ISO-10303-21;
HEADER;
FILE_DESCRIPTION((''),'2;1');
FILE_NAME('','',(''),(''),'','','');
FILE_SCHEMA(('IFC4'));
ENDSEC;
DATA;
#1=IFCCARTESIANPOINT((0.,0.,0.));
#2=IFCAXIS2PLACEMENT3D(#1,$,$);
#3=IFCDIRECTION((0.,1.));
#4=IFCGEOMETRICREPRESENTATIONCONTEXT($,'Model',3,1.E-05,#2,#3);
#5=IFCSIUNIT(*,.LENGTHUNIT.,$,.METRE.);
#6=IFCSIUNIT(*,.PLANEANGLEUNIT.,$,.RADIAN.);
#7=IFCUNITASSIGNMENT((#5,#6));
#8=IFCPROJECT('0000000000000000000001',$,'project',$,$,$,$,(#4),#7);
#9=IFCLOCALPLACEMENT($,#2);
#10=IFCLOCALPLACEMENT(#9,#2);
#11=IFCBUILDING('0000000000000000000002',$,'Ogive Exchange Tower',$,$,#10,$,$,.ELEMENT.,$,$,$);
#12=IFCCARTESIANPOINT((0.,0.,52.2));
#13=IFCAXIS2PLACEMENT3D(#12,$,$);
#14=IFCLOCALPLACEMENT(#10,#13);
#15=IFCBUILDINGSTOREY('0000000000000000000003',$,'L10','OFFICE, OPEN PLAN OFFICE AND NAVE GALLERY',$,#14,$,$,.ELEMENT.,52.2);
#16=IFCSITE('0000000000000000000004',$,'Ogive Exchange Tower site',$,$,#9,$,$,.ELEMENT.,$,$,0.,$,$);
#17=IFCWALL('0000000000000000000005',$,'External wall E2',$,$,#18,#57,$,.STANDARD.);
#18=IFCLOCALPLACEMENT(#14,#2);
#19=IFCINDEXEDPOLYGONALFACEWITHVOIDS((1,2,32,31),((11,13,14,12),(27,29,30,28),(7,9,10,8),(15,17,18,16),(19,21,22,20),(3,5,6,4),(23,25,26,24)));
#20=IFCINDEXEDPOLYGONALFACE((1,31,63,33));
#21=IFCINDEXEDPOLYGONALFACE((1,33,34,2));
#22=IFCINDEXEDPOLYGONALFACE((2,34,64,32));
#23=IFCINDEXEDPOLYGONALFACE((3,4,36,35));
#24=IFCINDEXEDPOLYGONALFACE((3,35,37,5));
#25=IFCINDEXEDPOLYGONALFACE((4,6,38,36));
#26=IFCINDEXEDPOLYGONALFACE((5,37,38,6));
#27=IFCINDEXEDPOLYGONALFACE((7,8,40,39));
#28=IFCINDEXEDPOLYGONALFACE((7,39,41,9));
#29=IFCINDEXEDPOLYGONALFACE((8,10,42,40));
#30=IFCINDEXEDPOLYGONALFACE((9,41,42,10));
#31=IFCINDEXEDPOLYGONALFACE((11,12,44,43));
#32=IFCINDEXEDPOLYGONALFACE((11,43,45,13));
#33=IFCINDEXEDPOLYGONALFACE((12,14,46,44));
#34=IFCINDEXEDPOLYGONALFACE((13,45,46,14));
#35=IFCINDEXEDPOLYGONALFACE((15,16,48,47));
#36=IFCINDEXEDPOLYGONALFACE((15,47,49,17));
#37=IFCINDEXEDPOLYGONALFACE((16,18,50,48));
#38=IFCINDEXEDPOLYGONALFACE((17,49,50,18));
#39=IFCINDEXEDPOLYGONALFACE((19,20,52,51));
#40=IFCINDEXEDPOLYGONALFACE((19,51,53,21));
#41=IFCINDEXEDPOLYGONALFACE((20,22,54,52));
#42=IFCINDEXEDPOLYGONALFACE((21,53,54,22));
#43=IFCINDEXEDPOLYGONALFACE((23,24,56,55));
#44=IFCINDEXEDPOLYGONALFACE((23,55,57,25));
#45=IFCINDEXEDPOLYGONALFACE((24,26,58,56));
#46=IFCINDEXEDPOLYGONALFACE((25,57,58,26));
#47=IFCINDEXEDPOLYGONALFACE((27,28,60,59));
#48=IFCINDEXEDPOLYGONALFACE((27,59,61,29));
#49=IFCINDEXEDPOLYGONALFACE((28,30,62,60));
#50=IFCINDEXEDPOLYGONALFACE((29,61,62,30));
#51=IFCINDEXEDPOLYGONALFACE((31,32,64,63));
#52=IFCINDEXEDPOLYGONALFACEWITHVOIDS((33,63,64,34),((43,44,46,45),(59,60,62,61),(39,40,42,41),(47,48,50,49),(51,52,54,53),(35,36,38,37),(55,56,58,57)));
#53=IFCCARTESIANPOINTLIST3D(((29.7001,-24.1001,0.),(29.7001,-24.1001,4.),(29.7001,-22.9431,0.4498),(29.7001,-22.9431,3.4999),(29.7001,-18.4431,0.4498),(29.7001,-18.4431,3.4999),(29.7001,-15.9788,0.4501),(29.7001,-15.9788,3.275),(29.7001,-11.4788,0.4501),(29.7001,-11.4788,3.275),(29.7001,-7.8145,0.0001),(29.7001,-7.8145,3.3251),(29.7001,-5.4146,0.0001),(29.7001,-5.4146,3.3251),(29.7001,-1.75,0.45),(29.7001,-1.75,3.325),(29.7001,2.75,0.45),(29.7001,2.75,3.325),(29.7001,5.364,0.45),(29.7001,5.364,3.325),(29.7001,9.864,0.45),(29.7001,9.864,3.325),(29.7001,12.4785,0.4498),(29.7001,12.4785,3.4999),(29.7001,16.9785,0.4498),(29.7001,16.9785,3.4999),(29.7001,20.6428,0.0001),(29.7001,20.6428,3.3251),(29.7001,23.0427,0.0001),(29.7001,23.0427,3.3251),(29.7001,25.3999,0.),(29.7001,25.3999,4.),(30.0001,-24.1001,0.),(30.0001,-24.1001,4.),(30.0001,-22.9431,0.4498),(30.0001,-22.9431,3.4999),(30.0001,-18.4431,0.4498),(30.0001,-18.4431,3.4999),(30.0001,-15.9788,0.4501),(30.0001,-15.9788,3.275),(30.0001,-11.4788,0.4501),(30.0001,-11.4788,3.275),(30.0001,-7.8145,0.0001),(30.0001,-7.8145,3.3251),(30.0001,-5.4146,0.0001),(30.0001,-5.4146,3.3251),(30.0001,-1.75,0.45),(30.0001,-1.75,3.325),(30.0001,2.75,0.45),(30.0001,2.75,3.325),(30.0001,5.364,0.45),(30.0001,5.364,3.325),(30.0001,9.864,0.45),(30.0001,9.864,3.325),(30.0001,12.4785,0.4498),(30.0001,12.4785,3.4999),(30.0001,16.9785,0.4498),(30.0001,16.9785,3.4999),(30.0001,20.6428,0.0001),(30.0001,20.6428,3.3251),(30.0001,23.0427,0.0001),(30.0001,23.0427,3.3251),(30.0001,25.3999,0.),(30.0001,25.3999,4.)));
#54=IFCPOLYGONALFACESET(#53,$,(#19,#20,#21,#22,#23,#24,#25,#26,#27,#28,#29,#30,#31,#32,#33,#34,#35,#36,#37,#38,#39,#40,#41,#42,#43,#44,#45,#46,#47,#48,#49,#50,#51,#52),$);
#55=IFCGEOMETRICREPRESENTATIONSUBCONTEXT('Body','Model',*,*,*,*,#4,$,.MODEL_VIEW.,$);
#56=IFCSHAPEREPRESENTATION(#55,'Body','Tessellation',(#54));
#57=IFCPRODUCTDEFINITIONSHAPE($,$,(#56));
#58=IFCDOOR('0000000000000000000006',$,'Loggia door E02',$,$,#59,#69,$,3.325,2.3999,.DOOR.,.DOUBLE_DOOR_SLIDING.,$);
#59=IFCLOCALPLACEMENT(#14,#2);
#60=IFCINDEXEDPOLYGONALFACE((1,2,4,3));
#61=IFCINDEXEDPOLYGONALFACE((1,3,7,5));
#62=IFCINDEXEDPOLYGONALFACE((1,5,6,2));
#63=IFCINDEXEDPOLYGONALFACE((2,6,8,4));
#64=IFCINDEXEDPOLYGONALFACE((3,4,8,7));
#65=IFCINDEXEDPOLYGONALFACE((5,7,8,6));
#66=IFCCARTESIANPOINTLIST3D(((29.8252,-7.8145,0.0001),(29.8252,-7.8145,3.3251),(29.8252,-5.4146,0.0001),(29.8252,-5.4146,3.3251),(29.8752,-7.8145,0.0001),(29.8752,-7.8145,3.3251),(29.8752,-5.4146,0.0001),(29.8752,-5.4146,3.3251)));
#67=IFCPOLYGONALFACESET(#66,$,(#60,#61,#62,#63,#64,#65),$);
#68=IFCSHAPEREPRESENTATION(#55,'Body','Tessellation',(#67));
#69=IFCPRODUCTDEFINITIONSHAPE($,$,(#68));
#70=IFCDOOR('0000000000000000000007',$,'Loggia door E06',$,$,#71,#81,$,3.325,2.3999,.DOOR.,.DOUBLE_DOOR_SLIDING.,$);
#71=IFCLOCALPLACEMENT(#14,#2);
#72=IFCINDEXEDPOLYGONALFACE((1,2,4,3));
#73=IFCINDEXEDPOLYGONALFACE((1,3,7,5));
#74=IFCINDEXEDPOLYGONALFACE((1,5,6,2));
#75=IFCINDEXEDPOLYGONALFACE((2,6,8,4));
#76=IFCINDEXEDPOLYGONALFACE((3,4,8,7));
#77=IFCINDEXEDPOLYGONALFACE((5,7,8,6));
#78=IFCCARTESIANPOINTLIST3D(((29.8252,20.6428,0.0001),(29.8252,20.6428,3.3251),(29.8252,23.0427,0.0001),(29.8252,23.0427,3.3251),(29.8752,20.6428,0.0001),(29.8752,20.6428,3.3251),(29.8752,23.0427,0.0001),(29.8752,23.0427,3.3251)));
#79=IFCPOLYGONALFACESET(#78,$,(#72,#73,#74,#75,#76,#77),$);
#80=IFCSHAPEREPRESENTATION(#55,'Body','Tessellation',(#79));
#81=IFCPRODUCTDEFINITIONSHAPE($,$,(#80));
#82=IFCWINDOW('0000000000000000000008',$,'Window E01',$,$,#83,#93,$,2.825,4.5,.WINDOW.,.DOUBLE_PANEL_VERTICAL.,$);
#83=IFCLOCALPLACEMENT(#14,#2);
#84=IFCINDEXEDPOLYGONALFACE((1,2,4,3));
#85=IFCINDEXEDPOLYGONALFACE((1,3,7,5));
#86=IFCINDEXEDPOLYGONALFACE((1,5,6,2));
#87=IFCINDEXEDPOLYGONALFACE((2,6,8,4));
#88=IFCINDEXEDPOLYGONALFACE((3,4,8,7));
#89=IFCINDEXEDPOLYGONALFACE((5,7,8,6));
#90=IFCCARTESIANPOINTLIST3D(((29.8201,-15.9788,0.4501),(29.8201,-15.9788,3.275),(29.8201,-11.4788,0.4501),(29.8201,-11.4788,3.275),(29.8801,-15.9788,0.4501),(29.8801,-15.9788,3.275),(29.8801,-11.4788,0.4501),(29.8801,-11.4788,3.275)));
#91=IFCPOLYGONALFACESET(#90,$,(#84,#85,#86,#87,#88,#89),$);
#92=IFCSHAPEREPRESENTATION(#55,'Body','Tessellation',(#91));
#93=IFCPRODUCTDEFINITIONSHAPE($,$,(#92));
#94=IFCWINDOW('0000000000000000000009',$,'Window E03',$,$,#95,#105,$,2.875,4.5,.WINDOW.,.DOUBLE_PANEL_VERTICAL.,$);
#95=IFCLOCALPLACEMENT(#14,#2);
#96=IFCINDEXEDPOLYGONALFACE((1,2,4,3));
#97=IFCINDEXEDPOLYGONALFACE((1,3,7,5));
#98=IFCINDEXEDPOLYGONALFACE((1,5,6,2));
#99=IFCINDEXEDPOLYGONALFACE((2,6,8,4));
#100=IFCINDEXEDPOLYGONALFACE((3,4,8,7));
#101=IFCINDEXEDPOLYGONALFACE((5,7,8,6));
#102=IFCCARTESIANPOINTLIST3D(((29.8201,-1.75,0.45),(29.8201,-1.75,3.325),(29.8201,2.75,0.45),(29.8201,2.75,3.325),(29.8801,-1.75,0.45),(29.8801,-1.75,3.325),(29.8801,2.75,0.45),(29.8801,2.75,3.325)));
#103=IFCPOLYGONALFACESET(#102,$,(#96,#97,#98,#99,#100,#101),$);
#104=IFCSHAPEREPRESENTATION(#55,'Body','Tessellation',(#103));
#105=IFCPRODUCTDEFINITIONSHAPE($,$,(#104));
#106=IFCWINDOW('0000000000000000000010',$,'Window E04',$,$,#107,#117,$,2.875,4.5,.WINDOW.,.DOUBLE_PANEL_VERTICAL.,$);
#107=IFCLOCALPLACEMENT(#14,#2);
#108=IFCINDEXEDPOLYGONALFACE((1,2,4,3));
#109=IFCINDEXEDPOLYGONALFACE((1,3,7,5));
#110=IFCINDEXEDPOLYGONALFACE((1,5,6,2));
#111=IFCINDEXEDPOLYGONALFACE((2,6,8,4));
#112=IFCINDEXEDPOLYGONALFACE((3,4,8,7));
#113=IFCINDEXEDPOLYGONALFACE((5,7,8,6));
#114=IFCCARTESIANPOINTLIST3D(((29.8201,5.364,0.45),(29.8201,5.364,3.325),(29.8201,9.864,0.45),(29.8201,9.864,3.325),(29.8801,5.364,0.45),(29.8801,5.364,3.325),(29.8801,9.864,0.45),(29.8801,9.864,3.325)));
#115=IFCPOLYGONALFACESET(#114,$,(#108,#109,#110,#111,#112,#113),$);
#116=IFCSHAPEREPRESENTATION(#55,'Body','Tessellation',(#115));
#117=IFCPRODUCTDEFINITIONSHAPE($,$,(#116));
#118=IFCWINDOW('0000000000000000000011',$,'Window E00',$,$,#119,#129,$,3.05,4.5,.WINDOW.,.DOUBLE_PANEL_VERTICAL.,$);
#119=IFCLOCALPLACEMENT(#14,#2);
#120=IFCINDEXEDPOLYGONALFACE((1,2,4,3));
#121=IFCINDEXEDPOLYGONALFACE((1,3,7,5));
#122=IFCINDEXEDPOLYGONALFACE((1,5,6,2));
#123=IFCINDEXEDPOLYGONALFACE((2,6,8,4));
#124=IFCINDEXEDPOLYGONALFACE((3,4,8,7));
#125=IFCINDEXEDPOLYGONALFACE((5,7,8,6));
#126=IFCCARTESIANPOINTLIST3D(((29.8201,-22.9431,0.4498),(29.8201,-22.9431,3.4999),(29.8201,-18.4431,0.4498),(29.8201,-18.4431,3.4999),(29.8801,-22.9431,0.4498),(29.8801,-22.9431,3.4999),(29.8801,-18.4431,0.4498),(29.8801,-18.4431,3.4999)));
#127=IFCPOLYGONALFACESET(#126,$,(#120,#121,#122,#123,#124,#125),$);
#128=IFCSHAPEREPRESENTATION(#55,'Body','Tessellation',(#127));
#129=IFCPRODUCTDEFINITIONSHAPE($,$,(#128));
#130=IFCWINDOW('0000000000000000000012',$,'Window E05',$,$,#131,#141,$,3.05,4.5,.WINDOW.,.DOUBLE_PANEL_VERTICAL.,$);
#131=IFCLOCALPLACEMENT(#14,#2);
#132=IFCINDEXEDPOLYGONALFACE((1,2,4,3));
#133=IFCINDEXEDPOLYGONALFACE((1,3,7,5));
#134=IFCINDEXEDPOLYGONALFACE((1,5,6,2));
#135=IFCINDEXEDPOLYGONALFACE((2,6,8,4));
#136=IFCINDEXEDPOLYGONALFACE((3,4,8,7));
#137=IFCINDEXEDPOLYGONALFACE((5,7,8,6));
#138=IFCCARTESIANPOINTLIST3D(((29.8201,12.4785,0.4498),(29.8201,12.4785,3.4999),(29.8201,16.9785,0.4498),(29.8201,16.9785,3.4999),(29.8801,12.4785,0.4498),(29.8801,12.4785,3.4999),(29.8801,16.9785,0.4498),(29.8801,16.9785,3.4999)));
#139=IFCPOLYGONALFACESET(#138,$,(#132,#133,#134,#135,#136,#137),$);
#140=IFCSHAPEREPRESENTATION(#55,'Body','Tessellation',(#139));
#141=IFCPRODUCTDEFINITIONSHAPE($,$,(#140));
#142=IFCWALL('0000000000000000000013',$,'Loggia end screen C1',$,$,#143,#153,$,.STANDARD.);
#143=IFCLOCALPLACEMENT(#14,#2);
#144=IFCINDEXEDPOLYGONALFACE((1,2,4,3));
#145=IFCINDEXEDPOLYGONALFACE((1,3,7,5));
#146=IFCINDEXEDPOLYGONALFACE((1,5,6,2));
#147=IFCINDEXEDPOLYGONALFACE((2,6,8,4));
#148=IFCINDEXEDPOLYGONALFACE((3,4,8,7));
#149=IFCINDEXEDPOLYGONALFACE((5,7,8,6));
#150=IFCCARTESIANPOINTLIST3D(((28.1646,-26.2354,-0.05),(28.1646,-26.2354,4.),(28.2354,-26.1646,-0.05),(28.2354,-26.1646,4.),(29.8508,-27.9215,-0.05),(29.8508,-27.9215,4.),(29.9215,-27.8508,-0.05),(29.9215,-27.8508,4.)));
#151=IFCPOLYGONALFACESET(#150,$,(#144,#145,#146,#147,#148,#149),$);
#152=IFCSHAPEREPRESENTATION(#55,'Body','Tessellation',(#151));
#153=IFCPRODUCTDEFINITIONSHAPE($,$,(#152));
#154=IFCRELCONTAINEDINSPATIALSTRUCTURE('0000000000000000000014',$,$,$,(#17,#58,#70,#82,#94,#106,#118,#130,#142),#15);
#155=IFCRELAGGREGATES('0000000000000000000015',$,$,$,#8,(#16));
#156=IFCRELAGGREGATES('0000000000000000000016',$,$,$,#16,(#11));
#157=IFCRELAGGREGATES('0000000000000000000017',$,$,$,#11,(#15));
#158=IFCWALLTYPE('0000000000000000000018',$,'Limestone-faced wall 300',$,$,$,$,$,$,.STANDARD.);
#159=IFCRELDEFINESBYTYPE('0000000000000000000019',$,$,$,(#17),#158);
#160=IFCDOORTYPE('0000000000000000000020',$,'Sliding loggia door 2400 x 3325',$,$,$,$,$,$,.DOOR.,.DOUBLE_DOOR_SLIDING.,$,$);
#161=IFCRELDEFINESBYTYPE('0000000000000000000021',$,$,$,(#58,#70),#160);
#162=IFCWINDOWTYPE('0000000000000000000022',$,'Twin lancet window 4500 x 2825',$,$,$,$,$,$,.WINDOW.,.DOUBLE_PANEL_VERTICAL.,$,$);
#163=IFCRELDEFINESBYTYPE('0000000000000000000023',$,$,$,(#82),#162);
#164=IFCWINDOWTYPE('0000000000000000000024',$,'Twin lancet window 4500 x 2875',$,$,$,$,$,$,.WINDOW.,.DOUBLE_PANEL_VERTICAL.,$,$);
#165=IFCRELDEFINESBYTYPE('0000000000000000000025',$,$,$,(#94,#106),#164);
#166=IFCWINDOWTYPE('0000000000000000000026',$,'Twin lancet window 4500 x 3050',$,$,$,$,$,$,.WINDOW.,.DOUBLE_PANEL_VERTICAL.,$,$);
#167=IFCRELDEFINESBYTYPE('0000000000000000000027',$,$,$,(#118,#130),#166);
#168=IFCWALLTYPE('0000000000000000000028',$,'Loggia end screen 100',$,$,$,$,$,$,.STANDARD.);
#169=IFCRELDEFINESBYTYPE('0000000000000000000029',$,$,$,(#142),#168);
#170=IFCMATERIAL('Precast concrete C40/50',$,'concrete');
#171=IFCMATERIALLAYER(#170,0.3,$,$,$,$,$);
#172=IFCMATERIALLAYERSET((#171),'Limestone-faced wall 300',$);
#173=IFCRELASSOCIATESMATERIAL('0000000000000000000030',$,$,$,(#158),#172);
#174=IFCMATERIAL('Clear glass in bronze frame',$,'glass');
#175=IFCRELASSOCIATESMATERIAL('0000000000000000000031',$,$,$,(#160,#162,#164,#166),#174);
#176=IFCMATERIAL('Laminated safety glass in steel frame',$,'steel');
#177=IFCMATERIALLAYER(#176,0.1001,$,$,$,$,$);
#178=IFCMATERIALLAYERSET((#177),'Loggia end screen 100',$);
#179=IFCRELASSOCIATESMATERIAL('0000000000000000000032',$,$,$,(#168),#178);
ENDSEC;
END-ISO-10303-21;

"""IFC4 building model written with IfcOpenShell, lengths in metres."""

from ifc_helpers import new_model, si_unit, direction, frame, frame_2d, origin, place, context, subcontext, project, spatial, rectangle, extrude, material, layer, layer_set, type_object, element, fill, save


model = new_model("IFC4")

# Units and contexts
model_context = context("Model", 3, precision=1e-05, world=origin(), true_north=direction((0.0, 1.0)))
body_context = subcontext(model_context, "Body", "Model", "MODEL_VIEW")
ifc_project = project(units=[si_unit("LENGTHUNIT", "METRE"), si_unit("PLANEANGLEUNIT", "RADIAN")], contexts=[model_context])

# Site, building, storey
site_placement = place(None, origin())
site = spatial("IfcSite", under=ifc_project, at=site_placement, Name="Ogive Exchange Tower site", CompositionType="ELEMENT", RefElevation=0.0)
building_placement = place(site_placement, origin())
building = spatial("IfcBuilding", under=site, at=building_placement, Name="Ogive Exchange Tower", CompositionType="ELEMENT")
storey_placement = place(building_placement, frame((0.0, 0.0, 52.2)))
storey = spatial("IfcBuildingStorey", under=building, at=storey_placement, Name="L10", Description="OFFICE, OPEN PLAN OFFICE AND NAVE GALLERY", CompositionType="ELEMENT", Elevation=52.2)

# Wall, openings, doors, windows
ifc_material_1 = material(Name="Precast concrete C40/50", Category="concrete")
ifc_layer_1 = layer(ifc_material_1, 0.3)
ifc_layer_set_1 = layer_set([ifc_layer_1], Name="Limestone-faced wall 300")
wall_type_1 = type_object("IfcWallType", Name="Limestone-faced wall 300", PredefinedType="STANDARD", material=ifc_layer_set_1)
wall_1_placement = place(storey_placement, frame((29.8501, -24.1001, 0.0), z_axis=(0.0, 0.0, 1.0), x_axis=(0.0, 1.0, 0.0)))
wall_1 = element("IfcWall", 1, at=wall_1_placement, inside=storey, type_object=wall_type_1, Name="External wall E2", PredefinedType="STANDARD", context=body_context, shape_type="SweptSolid", body=[
    extrude(rectangle(XDim=49.5, YDim=0.3, at=frame_2d((24.75, 0.0))), origin(), (0.0, 0.0, 1.0), 4.0),
])
opening_1_placement = place(wall_1_placement, frame((1.157, 0.0, 0.45)))
opening_1 = element("IfcOpeningElement", 2, at=opening_1_placement, cuts=wall_1, PredefinedType="OPENING", context=body_context, shape_type="SweptSolid", body=[
    extrude(rectangle(XDim=4.5, YDim=3.05, at=frame_2d((2.25, 1.5249))), frame((0.0, 0.1599, 0.0), z_axis=(0.0, -1.0, 0.0), x_axis=(1.0, 0.0, 0.0)), (0.0, 0.0, 1.0), 0.3201),
])
opening_2_placement = place(wall_1_placement, frame((8.1213, 0.0, 0.45)))
opening_2 = element("IfcOpeningElement", 3, at=opening_2_placement, cuts=wall_1, PredefinedType="OPENING", context=body_context, shape_type="SweptSolid", body=[
    extrude(rectangle(XDim=4.5, YDim=2.825, at=frame_2d((2.25, 1.4126))), frame((0.0, 0.1599, 0.0), z_axis=(0.0, -1.0, 0.0), x_axis=(1.0, 0.0, 0.0)), (0.0, 0.0, 1.0), 0.3201),
])
opening_3_placement = place(wall_1_placement, frame((16.2856, 0.0, 0.0)))
opening_3 = element("IfcOpeningElement", 4, at=opening_3_placement, cuts=wall_1, PredefinedType="OPENING", context=body_context, shape_type="SweptSolid", body=[
    extrude(rectangle(XDim=2.3999, YDim=3.325, at=frame_2d((1.2, 1.6626))), frame((0.0, 0.1599, 0.0), z_axis=(0.0, -1.0, 0.0), x_axis=(1.0, 0.0, 0.0)), (0.0, 0.0, 1.0), 0.3201),
])
opening_4_placement = place(wall_1_placement, frame((22.3501, 0.0, 0.45)))
opening_4 = element("IfcOpeningElement", 5, at=opening_4_placement, cuts=wall_1, PredefinedType="OPENING", context=body_context, shape_type="SweptSolid", body=[
    extrude(rectangle(XDim=4.5, YDim=2.875, at=frame_2d((2.25, 1.4375))), frame((0.0, 0.1599, 0.0), z_axis=(0.0, -1.0, 0.0), x_axis=(1.0, 0.0, 0.0)), (0.0, 0.0, 1.0), 0.3201),
])
opening_5_placement = place(wall_1_placement, frame((29.4641, 0.0, 0.45)))
opening_5 = element("IfcOpeningElement", 6, at=opening_5_placement, cuts=wall_1, PredefinedType="OPENING", context=body_context, shape_type="SweptSolid", body=[
    extrude(rectangle(XDim=4.5, YDim=2.875, at=frame_2d((2.25, 1.4375))), frame((0.0, 0.1599, 0.0), z_axis=(0.0, -1.0, 0.0), x_axis=(1.0, 0.0, 0.0)), (0.0, 0.0, 1.0), 0.3201),
])
opening_6_placement = place(wall_1_placement, frame((36.5786, 0.0, 0.45)))
opening_6 = element("IfcOpeningElement", 7, at=opening_6_placement, cuts=wall_1, PredefinedType="OPENING", context=body_context, shape_type="SweptSolid", body=[
    extrude(rectangle(XDim=4.5, YDim=3.05, at=frame_2d((2.25, 1.5249))), frame((0.0, 0.1599, 0.0), z_axis=(0.0, -1.0, 0.0), x_axis=(1.0, 0.0, 0.0)), (0.0, 0.0, 1.0), 0.3201),
])
opening_7_placement = place(wall_1_placement, frame((44.7429, 0.0, 0.0)))
opening_7 = element("IfcOpeningElement", 8, at=opening_7_placement, cuts=wall_1, PredefinedType="OPENING", context=body_context, shape_type="SweptSolid", body=[
    extrude(rectangle(XDim=2.3999, YDim=3.325, at=frame_2d((1.2, 1.6626))), frame((0.0, 0.1599, 0.0), z_axis=(0.0, -1.0, 0.0), x_axis=(1.0, 0.0, 0.0)), (0.0, 0.0, 1.0), 0.3201),
])
ifc_material_2 = material(Name="Clear glass in bronze frame", Category="glass")
door_type_1 = type_object("IfcDoorType", Name="Sliding loggia door 2400 x 3325", OperationType="DOUBLE_DOOR_SLIDING", PredefinedType="DOOR", material=ifc_material_2)
door_1_placement = place(opening_3_placement, origin())
door_1 = element("IfcDoor", 9, at=door_1_placement, inside=storey, type_object=door_type_1, Name="Loggia door E02", OperationType="DOUBLE_DOOR_SLIDING", OverallHeight=3.325, OverallWidth=2.3999, PredefinedType="DOOR", context=body_context, shape_type="SweptSolid", body=[
    extrude(rectangle(XDim=2.3999, YDim=3.325, at=frame_2d((1.2, 1.6626))), frame((0.0, 0.0249, 0.0), z_axis=(0.0, -1.0, 0.0), x_axis=(1.0, 0.0, 0.0)), (0.0, 0.0, 1.0), 0.05),
])
fill(opening_3, door_1)
door_2_placement = place(opening_7_placement, origin())
door_2 = element("IfcDoor", 10, at=door_2_placement, inside=storey, type_object=door_type_1, Name="Loggia door E06", OperationType="DOUBLE_DOOR_SLIDING", OverallHeight=3.325, OverallWidth=2.3999, PredefinedType="DOOR", context=body_context, shape_type="SweptSolid", body=[
    extrude(rectangle(XDim=2.3999, YDim=3.325, at=frame_2d((1.2, 1.6626))), frame((0.0, 0.0249, 0.0), z_axis=(0.0, -1.0, 0.0), x_axis=(1.0, 0.0, 0.0)), (0.0, 0.0, 1.0), 0.05),
])
fill(opening_7, door_2)
window_type_1 = type_object("IfcWindowType", Name="Twin lancet window 4500 x 2825", PartitioningType="DOUBLE_PANEL_VERTICAL", PredefinedType="WINDOW", material=ifc_material_2)
window_1_placement = place(opening_2_placement, origin())
window_1 = element("IfcWindow", 11, at=window_1_placement, inside=storey, type_object=window_type_1, Name="Window E01", OverallHeight=2.825, OverallWidth=4.5, PartitioningType="DOUBLE_PANEL_VERTICAL", PredefinedType="WINDOW", context=body_context, shape_type="SweptSolid", body=[
    extrude(rectangle(XDim=4.5, YDim=2.825, at=frame_2d((2.25, 1.4126))), frame((0.0, 0.03, 0.0), z_axis=(0.0, -1.0, 0.0), x_axis=(1.0, 0.0, 0.0)), (0.0, 0.0, 1.0), 0.0601),
])
fill(opening_2, window_1)
window_type_2 = type_object("IfcWindowType", Name="Twin lancet window 4500 x 2875", PartitioningType="DOUBLE_PANEL_VERTICAL", PredefinedType="WINDOW", material=ifc_material_2)
window_2_placement = place(opening_4_placement, origin())
window_2 = element("IfcWindow", 12, at=window_2_placement, inside=storey, type_object=window_type_2, Name="Window E03", OverallHeight=2.875, OverallWidth=4.5, PartitioningType="DOUBLE_PANEL_VERTICAL", PredefinedType="WINDOW", context=body_context, shape_type="SweptSolid", body=[
    extrude(rectangle(XDim=4.5, YDim=2.875, at=frame_2d((2.25, 1.4375))), frame((0.0, 0.03, 0.0), z_axis=(0.0, -1.0, 0.0), x_axis=(1.0, 0.0, 0.0)), (0.0, 0.0, 1.0), 0.0601),
])
fill(opening_4, window_2)
window_3_placement = place(opening_5_placement, origin())
window_3 = element("IfcWindow", 13, at=window_3_placement, inside=storey, type_object=window_type_2, Name="Window E04", OverallHeight=2.875, OverallWidth=4.5, PartitioningType="DOUBLE_PANEL_VERTICAL", PredefinedType="WINDOW", context=body_context, shape_type="SweptSolid", body=[
    extrude(rectangle(XDim=4.5, YDim=2.875, at=frame_2d((2.25, 1.4375))), frame((0.0, 0.03, 0.0), z_axis=(0.0, -1.0, 0.0), x_axis=(1.0, 0.0, 0.0)), (0.0, 0.0, 1.0), 0.0601),
])
fill(opening_5, window_3)
window_type_3 = type_object("IfcWindowType", Name="Twin lancet window 4500 x 3050", PartitioningType="DOUBLE_PANEL_VERTICAL", PredefinedType="WINDOW", material=ifc_material_2)
window_4_placement = place(opening_1_placement, origin())
window_4 = element("IfcWindow", 14, at=window_4_placement, inside=storey, type_object=window_type_3, Name="Window E00", OverallHeight=3.05, OverallWidth=4.5, PartitioningType="DOUBLE_PANEL_VERTICAL", PredefinedType="WINDOW", context=body_context, shape_type="SweptSolid", body=[
    extrude(rectangle(XDim=4.5, YDim=3.05, at=frame_2d((2.25, 1.5249))), frame((0.0, 0.03, 0.0), z_axis=(0.0, -1.0, 0.0), x_axis=(1.0, 0.0, 0.0)), (0.0, 0.0, 1.0), 0.0601),
])
fill(opening_1, window_4)
window_5_placement = place(opening_6_placement, origin())
window_5 = element("IfcWindow", 15, at=window_5_placement, inside=storey, type_object=window_type_3, Name="Window E05", OverallHeight=3.05, OverallWidth=4.5, PartitioningType="DOUBLE_PANEL_VERTICAL", PredefinedType="WINDOW", context=body_context, shape_type="SweptSolid", body=[
    extrude(rectangle(XDim=4.5, YDim=3.05, at=frame_2d((2.25, 1.5249))), frame((0.0, 0.03, 0.0), z_axis=(0.0, -1.0, 0.0), x_axis=(1.0, 0.0, 0.0)), (0.0, 0.0, 1.0), 0.0601),
])
fill(opening_6, window_5)

# Wall
ifc_material_3 = material(Name="Laminated safety glass in steel frame", Category="steel")
ifc_layer_2 = layer(ifc_material_3, 0.1001)
ifc_layer_set_2 = layer_set([ifc_layer_2], Name="Loggia end screen 100")
wall_type_2 = type_object("IfcWallType", Name="Loggia end screen 100", PredefinedType="STANDARD", material=ifc_layer_set_2)
wall_2_placement = place(storey_placement, frame((28.2, -26.2, -0.05), z_axis=(0.0, 0.0, 1.0), x_axis=(0.707107, -0.707107, 0.0)))
element("IfcWall", 16, at=wall_2_placement, inside=storey, type_object=wall_type_2, Name="Loggia end screen C1", PredefinedType="STANDARD", context=body_context, shape_type="SweptSolid", body=[
    extrude(rectangle(XDim=2.3845, YDim=0.1001, at=frame_2d((1.1924, 0.0))), origin(), (0.0, 0.0, 1.0), 4.05),
])

save(model, "model.ifc")
